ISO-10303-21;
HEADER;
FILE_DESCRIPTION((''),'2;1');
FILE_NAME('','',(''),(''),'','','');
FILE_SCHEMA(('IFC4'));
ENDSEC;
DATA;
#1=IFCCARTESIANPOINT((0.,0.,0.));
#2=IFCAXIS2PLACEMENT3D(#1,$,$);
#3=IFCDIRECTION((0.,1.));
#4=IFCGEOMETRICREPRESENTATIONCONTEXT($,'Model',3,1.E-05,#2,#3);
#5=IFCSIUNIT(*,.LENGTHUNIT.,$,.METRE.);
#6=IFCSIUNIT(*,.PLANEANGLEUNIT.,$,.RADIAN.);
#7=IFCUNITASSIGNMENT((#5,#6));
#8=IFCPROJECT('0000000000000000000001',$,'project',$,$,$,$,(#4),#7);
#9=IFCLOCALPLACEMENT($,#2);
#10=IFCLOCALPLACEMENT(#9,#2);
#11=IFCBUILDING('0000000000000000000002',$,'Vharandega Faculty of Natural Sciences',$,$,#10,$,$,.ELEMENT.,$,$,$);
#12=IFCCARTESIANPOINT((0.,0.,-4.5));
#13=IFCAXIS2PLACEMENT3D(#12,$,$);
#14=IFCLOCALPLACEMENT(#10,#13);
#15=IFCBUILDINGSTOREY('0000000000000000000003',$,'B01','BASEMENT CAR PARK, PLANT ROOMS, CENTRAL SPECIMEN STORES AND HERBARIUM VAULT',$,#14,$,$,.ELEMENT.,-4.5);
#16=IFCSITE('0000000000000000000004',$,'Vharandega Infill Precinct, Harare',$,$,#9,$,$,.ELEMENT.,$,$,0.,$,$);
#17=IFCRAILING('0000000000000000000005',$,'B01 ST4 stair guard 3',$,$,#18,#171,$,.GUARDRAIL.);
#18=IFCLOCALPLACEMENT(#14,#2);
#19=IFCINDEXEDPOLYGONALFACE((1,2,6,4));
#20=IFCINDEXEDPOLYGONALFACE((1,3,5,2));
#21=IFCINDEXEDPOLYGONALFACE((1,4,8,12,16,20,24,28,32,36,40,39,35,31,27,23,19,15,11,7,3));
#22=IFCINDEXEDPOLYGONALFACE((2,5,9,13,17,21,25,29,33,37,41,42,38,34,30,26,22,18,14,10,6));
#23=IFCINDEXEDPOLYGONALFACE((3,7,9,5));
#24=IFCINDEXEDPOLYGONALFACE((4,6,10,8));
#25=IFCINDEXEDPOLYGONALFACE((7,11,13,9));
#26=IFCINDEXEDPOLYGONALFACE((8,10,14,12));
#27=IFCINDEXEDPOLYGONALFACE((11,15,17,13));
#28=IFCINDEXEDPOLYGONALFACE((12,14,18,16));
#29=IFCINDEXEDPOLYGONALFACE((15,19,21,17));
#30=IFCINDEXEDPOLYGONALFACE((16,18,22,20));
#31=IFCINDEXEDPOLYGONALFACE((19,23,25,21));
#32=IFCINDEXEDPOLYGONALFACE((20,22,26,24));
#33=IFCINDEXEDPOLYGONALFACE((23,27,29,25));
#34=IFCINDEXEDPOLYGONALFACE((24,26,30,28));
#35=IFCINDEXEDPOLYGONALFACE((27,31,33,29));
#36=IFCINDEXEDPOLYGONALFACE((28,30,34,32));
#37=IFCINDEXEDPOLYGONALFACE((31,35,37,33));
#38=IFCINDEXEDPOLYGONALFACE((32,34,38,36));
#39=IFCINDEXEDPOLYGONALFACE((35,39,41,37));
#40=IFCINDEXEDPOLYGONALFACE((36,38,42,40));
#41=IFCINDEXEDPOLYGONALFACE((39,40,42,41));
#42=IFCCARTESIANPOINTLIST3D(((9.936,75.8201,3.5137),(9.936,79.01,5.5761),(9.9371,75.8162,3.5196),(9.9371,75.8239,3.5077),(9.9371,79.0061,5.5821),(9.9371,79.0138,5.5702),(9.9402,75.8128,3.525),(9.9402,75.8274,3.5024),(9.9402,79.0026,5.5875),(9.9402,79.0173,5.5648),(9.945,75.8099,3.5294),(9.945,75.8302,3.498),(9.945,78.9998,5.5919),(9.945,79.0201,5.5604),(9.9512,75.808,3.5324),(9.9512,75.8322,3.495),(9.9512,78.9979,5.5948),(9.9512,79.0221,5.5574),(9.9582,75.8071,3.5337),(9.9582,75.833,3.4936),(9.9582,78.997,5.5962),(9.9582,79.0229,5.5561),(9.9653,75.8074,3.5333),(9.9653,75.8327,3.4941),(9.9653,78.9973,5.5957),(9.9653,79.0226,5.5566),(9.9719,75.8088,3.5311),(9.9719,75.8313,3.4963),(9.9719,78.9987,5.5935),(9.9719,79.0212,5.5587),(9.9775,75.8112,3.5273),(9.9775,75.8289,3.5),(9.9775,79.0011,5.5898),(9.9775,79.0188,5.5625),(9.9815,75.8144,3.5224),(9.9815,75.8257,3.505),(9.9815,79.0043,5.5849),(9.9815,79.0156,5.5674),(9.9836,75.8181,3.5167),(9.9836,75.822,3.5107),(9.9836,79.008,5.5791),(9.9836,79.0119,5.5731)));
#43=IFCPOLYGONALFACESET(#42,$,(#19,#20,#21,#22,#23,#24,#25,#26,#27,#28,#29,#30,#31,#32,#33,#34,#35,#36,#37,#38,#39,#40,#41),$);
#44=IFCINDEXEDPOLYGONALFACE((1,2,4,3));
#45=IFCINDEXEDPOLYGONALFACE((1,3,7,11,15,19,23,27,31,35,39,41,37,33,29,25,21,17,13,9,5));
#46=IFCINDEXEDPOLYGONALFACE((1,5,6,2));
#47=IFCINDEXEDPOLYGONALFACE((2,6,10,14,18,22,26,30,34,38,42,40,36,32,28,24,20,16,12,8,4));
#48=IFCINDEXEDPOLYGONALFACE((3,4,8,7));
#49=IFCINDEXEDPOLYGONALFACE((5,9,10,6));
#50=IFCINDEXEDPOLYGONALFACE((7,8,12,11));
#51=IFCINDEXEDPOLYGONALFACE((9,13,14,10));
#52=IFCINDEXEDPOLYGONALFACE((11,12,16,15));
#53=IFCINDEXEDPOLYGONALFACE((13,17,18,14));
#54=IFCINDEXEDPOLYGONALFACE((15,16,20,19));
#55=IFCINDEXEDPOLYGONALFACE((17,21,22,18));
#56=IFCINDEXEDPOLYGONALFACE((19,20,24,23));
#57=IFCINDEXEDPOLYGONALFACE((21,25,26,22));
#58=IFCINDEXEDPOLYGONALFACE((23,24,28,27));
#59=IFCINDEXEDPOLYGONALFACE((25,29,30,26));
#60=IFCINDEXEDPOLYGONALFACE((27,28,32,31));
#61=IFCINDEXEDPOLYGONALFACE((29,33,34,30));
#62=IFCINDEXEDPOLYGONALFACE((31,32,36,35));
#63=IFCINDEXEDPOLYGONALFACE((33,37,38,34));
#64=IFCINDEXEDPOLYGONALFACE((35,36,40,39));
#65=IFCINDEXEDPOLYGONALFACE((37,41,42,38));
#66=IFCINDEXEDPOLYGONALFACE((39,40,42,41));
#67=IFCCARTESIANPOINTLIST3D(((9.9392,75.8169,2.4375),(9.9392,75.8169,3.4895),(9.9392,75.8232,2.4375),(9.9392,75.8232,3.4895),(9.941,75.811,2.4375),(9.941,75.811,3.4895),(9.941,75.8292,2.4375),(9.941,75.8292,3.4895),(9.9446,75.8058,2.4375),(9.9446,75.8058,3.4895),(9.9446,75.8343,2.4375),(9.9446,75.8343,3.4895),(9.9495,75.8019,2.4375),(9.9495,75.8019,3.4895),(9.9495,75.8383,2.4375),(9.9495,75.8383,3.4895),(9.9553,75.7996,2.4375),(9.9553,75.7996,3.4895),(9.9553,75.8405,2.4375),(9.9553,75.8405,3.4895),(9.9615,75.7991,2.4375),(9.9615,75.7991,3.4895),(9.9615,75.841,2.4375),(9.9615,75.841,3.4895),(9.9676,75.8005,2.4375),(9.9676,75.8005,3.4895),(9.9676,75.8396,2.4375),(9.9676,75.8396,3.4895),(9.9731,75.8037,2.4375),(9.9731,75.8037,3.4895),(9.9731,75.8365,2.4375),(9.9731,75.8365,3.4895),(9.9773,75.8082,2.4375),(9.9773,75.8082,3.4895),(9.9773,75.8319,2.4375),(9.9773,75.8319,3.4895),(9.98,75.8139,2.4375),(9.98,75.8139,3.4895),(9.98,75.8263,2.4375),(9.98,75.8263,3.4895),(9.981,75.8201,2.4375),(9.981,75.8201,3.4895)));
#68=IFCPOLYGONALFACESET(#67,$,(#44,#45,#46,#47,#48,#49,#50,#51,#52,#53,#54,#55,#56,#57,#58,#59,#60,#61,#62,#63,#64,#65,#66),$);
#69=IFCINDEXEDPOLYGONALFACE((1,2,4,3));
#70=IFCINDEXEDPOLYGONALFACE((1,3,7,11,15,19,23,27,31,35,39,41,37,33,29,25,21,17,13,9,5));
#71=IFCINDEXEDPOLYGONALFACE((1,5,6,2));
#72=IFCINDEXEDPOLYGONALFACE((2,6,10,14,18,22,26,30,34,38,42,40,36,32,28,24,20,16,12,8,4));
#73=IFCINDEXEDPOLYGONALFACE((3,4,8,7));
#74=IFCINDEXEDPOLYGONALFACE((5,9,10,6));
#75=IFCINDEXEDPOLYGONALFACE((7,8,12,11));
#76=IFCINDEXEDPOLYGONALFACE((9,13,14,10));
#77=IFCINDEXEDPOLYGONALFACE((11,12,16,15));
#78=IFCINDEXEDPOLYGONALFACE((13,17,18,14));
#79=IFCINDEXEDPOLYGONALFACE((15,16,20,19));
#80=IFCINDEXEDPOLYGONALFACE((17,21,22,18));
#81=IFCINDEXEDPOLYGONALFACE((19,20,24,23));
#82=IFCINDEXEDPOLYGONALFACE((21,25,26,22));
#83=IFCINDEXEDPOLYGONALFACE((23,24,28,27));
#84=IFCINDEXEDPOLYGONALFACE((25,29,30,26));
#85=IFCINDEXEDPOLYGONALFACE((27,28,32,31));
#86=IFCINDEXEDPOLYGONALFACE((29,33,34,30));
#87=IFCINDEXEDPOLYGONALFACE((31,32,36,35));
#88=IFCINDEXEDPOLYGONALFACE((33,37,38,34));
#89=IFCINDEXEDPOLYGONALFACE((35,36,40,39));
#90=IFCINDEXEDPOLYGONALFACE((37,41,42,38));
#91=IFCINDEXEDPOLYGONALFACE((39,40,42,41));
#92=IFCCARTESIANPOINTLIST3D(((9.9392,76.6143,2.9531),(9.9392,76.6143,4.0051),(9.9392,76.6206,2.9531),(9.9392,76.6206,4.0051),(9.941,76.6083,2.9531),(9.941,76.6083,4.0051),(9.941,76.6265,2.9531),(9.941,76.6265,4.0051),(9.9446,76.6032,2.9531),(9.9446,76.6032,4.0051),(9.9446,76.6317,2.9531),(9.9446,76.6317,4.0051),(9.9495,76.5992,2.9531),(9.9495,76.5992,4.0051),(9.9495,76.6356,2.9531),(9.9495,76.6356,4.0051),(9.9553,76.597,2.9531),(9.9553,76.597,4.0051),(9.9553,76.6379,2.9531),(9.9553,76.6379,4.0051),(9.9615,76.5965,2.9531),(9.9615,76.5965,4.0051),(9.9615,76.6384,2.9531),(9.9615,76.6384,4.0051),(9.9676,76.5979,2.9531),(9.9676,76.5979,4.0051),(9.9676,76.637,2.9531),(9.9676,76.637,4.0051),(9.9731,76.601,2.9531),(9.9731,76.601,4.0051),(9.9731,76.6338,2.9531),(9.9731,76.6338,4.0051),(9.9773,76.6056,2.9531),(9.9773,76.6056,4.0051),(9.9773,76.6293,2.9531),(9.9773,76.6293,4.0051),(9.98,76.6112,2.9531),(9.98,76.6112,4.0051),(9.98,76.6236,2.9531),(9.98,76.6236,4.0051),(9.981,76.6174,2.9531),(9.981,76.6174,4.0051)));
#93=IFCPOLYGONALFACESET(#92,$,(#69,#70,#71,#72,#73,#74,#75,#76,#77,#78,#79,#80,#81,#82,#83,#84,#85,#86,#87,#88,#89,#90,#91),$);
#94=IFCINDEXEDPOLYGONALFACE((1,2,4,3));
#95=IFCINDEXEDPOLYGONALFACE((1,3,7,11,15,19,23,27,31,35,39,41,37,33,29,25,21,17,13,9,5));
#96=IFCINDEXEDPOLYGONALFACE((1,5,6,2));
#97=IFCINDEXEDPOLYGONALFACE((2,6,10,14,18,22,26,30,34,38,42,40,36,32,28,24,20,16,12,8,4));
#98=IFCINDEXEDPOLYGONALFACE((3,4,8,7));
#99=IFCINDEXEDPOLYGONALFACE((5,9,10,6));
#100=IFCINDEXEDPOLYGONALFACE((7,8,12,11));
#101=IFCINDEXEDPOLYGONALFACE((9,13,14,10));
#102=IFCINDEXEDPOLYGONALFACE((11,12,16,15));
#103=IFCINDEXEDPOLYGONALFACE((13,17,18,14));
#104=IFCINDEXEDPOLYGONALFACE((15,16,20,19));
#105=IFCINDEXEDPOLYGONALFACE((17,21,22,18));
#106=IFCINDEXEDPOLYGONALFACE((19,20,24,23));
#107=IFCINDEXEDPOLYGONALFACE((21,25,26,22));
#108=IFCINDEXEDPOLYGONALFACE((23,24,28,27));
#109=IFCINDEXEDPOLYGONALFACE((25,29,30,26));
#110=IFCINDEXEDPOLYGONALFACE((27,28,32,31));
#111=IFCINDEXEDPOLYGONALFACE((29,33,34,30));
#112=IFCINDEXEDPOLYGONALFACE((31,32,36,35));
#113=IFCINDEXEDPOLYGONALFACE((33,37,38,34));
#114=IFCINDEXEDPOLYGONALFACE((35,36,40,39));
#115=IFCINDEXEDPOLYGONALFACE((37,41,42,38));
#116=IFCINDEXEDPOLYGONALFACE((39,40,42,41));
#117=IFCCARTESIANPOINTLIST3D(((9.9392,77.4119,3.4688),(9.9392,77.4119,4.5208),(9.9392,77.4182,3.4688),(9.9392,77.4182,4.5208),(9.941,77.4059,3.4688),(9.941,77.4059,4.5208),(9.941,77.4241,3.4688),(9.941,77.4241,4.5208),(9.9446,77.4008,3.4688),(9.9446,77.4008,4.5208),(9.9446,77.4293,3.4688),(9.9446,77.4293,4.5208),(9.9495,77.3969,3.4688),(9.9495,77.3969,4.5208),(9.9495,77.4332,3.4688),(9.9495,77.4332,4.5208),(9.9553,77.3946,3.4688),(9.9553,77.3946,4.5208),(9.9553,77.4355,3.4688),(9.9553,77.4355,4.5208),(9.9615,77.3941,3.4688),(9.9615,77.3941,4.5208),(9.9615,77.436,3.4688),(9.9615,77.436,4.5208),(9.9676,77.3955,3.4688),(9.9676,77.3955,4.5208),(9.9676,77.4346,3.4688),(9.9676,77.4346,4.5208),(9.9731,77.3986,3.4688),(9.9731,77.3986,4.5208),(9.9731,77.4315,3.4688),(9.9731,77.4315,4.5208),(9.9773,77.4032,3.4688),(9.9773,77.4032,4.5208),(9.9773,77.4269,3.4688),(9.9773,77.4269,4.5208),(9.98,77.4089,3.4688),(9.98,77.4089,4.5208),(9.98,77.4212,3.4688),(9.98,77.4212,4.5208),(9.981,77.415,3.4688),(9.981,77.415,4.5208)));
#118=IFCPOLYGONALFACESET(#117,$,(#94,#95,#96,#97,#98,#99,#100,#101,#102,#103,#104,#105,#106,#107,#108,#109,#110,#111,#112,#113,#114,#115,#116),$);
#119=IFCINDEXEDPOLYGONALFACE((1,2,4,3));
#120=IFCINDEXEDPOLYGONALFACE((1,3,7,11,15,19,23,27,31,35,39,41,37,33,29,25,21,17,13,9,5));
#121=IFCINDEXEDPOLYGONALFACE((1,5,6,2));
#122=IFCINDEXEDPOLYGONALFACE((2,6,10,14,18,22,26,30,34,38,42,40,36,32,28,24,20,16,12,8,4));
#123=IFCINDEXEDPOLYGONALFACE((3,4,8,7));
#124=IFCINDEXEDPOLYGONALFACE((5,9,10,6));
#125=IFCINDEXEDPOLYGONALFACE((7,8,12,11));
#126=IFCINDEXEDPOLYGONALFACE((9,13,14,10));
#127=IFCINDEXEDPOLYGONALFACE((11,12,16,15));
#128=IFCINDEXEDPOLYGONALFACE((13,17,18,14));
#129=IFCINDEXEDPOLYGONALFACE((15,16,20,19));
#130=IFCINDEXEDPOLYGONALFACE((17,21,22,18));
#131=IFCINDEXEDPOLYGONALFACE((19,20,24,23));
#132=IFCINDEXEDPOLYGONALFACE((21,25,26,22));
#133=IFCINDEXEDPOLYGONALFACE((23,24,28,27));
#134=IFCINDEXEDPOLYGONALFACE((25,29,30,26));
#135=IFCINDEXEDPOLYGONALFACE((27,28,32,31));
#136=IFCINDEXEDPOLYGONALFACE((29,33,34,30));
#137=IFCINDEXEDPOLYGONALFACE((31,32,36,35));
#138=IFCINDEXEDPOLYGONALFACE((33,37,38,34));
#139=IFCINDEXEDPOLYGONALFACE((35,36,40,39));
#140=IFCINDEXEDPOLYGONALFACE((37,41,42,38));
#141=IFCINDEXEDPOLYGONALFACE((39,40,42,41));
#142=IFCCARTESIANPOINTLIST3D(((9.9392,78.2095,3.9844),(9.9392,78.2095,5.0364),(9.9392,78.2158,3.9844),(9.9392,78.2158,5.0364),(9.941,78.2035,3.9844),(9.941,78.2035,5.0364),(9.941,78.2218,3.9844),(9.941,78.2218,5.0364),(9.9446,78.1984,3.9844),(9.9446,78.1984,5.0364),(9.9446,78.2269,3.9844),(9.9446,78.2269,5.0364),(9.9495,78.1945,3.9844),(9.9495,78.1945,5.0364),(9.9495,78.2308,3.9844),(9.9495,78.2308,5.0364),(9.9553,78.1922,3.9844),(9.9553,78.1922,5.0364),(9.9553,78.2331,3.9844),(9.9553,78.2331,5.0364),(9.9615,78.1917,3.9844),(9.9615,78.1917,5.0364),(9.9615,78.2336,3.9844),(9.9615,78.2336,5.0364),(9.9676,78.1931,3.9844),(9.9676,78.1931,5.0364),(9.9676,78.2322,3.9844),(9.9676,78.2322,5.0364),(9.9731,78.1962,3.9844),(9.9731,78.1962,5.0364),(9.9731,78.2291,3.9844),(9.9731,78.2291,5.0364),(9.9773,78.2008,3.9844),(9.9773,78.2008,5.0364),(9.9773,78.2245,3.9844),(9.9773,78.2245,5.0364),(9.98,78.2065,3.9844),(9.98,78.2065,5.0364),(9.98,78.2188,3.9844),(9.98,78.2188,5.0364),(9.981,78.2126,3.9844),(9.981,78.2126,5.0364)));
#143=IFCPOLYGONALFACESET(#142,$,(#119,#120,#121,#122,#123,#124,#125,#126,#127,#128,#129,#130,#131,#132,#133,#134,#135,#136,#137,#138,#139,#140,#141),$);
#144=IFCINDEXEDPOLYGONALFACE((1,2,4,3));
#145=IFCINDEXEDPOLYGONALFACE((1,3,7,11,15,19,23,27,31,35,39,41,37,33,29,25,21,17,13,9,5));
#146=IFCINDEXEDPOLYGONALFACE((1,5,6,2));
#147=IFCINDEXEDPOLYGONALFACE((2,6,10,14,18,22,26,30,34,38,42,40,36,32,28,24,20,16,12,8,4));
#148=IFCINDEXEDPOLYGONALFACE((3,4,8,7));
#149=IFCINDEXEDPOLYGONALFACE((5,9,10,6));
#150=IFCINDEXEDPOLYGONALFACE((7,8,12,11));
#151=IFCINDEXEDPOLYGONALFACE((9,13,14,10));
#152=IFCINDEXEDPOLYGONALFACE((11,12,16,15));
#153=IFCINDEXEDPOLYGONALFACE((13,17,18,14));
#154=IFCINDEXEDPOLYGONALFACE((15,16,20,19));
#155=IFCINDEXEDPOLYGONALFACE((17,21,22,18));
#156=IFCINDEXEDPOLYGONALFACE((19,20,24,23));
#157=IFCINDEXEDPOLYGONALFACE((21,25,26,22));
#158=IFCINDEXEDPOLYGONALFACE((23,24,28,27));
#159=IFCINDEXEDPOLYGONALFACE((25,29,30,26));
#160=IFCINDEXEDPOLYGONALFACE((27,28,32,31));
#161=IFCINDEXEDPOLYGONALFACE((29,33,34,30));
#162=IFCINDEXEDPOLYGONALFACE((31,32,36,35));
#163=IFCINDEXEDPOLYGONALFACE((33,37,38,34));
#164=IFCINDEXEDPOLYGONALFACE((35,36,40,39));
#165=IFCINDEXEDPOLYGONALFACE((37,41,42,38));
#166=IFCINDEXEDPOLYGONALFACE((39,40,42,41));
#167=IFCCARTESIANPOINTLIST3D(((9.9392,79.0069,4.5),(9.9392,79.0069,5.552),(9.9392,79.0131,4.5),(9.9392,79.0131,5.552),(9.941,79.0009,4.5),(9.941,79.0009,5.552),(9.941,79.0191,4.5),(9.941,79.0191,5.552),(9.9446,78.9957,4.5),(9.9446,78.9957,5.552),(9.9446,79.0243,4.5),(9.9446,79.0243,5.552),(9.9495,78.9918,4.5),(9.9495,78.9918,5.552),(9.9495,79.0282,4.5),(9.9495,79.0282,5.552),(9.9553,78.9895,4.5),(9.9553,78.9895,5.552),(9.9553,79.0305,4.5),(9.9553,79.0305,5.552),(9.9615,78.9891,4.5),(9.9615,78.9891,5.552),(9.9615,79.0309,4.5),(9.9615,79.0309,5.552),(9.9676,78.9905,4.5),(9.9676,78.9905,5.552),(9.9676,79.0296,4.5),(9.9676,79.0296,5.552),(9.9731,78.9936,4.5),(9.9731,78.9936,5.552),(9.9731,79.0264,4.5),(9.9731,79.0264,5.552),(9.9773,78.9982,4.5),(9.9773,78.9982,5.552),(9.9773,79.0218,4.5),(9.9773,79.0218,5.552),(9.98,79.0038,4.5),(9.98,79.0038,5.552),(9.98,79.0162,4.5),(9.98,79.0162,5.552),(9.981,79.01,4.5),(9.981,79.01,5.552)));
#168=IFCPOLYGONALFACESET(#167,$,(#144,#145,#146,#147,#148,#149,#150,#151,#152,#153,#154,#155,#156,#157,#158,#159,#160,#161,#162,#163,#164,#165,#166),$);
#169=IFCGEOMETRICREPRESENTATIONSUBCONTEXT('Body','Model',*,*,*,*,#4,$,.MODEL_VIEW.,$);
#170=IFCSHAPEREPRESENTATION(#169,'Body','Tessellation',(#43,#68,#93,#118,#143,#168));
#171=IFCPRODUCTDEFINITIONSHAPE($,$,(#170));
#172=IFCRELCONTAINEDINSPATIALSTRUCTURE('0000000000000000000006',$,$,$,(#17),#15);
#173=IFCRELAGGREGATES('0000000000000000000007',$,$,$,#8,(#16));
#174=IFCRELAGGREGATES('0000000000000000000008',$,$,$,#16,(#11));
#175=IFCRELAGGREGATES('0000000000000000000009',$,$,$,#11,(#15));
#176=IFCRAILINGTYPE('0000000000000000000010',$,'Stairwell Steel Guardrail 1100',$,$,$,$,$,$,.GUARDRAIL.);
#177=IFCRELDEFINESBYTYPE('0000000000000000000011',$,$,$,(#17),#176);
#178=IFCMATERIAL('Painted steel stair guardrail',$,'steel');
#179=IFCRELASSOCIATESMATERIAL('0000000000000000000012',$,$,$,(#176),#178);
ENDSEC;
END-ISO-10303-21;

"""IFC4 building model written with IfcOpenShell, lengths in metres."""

from ifc_helpers import new_model, si_unit, direction, frame, origin, origin_2d, place, context, subcontext, project, spatial, circle, extrude, material, type_object, element, save


model = new_model("IFC4")

# Units and contexts
model_context = context("Model", 3, precision=1e-05, world=origin(), true_north=direction((0.0, 1.0)))
body_context = subcontext(model_context, "Body", "Model", "MODEL_VIEW")
ifc_project = project(units=[si_unit("LENGTHUNIT", "METRE"), si_unit("PLANEANGLEUNIT", "RADIAN")], contexts=[model_context])

# Site, building, storey
site_placement = place(None, origin())
site = spatial("IfcSite", under=ifc_project, at=site_placement, Name="Vharandega Infill Precinct, Harare", CompositionType="ELEMENT", RefElevation=0.0)
building_placement = place(site_placement, origin())
building = spatial("IfcBuilding", under=site, at=building_placement, Name="Vharandega Faculty of Natural Sciences", CompositionType="ELEMENT")
storey_placement = place(building_placement, frame((0.0, 0.0, -4.5)))
storey = spatial("IfcBuildingStorey", under=building, at=storey_placement, Name="B01", Description="BASEMENT CAR PARK, PLANT ROOMS, CENTRAL SPECIMEN STORES AND HERBARIUM VAULT", CompositionType="ELEMENT", Elevation=-4.5)

# Railing
ifc_material_1 = material(Name="Painted steel stair guardrail", Category="steel")
railing_type_1 = type_object("IfcRailingType", Name="Stairwell Steel Guardrail 1100", PredefinedType="GUARDRAIL", material=ifc_material_1)
railing_1_placement = place(storey_placement, frame((9.96, 75.8201, 2.4375)))
element("IfcRailing", 1, at=railing_1_placement, inside=storey, type_object=railing_type_1, Name="B01 ST4 stair guard 3", PredefinedType="GUARDRAIL", context=body_context, shape_type="SweptSolid", body=[
    extrude(circle(Radius=0.0239, at=origin_2d()), frame((0.0, 0.0, 1.0762), z_axis=(0.0, 0.83976, 0.542958), x_axis=(-1.0, 0.0, 0.0)), (0.0, 0.0, 1.0), 3.7986),
    extrude(circle(Radius=0.021, at=origin_2d()), origin(), (0.0, 0.0, 1.0), 1.052),
    extrude(circle(Radius=0.021, at=origin_2d()), frame((0.0, 0.7974, 0.5156)), (0.0, 0.0, 1.0), 1.052),
    extrude(circle(Radius=0.021, at=origin_2d()), frame((0.0, 1.595, 1.0312)), (0.0, 0.0, 1.0), 1.052),
    extrude(circle(Radius=0.021, at=origin_2d()), frame((0.0, 2.3926, 1.5469)), (0.0, 0.0, 1.0), 1.052),
    extrude(circle(Radius=0.021, at=origin_2d()), frame((0.0, 3.1899, 2.0625)), (0.0, 0.0, 1.0), 1.052),
])

save(model, "model.ifc")
